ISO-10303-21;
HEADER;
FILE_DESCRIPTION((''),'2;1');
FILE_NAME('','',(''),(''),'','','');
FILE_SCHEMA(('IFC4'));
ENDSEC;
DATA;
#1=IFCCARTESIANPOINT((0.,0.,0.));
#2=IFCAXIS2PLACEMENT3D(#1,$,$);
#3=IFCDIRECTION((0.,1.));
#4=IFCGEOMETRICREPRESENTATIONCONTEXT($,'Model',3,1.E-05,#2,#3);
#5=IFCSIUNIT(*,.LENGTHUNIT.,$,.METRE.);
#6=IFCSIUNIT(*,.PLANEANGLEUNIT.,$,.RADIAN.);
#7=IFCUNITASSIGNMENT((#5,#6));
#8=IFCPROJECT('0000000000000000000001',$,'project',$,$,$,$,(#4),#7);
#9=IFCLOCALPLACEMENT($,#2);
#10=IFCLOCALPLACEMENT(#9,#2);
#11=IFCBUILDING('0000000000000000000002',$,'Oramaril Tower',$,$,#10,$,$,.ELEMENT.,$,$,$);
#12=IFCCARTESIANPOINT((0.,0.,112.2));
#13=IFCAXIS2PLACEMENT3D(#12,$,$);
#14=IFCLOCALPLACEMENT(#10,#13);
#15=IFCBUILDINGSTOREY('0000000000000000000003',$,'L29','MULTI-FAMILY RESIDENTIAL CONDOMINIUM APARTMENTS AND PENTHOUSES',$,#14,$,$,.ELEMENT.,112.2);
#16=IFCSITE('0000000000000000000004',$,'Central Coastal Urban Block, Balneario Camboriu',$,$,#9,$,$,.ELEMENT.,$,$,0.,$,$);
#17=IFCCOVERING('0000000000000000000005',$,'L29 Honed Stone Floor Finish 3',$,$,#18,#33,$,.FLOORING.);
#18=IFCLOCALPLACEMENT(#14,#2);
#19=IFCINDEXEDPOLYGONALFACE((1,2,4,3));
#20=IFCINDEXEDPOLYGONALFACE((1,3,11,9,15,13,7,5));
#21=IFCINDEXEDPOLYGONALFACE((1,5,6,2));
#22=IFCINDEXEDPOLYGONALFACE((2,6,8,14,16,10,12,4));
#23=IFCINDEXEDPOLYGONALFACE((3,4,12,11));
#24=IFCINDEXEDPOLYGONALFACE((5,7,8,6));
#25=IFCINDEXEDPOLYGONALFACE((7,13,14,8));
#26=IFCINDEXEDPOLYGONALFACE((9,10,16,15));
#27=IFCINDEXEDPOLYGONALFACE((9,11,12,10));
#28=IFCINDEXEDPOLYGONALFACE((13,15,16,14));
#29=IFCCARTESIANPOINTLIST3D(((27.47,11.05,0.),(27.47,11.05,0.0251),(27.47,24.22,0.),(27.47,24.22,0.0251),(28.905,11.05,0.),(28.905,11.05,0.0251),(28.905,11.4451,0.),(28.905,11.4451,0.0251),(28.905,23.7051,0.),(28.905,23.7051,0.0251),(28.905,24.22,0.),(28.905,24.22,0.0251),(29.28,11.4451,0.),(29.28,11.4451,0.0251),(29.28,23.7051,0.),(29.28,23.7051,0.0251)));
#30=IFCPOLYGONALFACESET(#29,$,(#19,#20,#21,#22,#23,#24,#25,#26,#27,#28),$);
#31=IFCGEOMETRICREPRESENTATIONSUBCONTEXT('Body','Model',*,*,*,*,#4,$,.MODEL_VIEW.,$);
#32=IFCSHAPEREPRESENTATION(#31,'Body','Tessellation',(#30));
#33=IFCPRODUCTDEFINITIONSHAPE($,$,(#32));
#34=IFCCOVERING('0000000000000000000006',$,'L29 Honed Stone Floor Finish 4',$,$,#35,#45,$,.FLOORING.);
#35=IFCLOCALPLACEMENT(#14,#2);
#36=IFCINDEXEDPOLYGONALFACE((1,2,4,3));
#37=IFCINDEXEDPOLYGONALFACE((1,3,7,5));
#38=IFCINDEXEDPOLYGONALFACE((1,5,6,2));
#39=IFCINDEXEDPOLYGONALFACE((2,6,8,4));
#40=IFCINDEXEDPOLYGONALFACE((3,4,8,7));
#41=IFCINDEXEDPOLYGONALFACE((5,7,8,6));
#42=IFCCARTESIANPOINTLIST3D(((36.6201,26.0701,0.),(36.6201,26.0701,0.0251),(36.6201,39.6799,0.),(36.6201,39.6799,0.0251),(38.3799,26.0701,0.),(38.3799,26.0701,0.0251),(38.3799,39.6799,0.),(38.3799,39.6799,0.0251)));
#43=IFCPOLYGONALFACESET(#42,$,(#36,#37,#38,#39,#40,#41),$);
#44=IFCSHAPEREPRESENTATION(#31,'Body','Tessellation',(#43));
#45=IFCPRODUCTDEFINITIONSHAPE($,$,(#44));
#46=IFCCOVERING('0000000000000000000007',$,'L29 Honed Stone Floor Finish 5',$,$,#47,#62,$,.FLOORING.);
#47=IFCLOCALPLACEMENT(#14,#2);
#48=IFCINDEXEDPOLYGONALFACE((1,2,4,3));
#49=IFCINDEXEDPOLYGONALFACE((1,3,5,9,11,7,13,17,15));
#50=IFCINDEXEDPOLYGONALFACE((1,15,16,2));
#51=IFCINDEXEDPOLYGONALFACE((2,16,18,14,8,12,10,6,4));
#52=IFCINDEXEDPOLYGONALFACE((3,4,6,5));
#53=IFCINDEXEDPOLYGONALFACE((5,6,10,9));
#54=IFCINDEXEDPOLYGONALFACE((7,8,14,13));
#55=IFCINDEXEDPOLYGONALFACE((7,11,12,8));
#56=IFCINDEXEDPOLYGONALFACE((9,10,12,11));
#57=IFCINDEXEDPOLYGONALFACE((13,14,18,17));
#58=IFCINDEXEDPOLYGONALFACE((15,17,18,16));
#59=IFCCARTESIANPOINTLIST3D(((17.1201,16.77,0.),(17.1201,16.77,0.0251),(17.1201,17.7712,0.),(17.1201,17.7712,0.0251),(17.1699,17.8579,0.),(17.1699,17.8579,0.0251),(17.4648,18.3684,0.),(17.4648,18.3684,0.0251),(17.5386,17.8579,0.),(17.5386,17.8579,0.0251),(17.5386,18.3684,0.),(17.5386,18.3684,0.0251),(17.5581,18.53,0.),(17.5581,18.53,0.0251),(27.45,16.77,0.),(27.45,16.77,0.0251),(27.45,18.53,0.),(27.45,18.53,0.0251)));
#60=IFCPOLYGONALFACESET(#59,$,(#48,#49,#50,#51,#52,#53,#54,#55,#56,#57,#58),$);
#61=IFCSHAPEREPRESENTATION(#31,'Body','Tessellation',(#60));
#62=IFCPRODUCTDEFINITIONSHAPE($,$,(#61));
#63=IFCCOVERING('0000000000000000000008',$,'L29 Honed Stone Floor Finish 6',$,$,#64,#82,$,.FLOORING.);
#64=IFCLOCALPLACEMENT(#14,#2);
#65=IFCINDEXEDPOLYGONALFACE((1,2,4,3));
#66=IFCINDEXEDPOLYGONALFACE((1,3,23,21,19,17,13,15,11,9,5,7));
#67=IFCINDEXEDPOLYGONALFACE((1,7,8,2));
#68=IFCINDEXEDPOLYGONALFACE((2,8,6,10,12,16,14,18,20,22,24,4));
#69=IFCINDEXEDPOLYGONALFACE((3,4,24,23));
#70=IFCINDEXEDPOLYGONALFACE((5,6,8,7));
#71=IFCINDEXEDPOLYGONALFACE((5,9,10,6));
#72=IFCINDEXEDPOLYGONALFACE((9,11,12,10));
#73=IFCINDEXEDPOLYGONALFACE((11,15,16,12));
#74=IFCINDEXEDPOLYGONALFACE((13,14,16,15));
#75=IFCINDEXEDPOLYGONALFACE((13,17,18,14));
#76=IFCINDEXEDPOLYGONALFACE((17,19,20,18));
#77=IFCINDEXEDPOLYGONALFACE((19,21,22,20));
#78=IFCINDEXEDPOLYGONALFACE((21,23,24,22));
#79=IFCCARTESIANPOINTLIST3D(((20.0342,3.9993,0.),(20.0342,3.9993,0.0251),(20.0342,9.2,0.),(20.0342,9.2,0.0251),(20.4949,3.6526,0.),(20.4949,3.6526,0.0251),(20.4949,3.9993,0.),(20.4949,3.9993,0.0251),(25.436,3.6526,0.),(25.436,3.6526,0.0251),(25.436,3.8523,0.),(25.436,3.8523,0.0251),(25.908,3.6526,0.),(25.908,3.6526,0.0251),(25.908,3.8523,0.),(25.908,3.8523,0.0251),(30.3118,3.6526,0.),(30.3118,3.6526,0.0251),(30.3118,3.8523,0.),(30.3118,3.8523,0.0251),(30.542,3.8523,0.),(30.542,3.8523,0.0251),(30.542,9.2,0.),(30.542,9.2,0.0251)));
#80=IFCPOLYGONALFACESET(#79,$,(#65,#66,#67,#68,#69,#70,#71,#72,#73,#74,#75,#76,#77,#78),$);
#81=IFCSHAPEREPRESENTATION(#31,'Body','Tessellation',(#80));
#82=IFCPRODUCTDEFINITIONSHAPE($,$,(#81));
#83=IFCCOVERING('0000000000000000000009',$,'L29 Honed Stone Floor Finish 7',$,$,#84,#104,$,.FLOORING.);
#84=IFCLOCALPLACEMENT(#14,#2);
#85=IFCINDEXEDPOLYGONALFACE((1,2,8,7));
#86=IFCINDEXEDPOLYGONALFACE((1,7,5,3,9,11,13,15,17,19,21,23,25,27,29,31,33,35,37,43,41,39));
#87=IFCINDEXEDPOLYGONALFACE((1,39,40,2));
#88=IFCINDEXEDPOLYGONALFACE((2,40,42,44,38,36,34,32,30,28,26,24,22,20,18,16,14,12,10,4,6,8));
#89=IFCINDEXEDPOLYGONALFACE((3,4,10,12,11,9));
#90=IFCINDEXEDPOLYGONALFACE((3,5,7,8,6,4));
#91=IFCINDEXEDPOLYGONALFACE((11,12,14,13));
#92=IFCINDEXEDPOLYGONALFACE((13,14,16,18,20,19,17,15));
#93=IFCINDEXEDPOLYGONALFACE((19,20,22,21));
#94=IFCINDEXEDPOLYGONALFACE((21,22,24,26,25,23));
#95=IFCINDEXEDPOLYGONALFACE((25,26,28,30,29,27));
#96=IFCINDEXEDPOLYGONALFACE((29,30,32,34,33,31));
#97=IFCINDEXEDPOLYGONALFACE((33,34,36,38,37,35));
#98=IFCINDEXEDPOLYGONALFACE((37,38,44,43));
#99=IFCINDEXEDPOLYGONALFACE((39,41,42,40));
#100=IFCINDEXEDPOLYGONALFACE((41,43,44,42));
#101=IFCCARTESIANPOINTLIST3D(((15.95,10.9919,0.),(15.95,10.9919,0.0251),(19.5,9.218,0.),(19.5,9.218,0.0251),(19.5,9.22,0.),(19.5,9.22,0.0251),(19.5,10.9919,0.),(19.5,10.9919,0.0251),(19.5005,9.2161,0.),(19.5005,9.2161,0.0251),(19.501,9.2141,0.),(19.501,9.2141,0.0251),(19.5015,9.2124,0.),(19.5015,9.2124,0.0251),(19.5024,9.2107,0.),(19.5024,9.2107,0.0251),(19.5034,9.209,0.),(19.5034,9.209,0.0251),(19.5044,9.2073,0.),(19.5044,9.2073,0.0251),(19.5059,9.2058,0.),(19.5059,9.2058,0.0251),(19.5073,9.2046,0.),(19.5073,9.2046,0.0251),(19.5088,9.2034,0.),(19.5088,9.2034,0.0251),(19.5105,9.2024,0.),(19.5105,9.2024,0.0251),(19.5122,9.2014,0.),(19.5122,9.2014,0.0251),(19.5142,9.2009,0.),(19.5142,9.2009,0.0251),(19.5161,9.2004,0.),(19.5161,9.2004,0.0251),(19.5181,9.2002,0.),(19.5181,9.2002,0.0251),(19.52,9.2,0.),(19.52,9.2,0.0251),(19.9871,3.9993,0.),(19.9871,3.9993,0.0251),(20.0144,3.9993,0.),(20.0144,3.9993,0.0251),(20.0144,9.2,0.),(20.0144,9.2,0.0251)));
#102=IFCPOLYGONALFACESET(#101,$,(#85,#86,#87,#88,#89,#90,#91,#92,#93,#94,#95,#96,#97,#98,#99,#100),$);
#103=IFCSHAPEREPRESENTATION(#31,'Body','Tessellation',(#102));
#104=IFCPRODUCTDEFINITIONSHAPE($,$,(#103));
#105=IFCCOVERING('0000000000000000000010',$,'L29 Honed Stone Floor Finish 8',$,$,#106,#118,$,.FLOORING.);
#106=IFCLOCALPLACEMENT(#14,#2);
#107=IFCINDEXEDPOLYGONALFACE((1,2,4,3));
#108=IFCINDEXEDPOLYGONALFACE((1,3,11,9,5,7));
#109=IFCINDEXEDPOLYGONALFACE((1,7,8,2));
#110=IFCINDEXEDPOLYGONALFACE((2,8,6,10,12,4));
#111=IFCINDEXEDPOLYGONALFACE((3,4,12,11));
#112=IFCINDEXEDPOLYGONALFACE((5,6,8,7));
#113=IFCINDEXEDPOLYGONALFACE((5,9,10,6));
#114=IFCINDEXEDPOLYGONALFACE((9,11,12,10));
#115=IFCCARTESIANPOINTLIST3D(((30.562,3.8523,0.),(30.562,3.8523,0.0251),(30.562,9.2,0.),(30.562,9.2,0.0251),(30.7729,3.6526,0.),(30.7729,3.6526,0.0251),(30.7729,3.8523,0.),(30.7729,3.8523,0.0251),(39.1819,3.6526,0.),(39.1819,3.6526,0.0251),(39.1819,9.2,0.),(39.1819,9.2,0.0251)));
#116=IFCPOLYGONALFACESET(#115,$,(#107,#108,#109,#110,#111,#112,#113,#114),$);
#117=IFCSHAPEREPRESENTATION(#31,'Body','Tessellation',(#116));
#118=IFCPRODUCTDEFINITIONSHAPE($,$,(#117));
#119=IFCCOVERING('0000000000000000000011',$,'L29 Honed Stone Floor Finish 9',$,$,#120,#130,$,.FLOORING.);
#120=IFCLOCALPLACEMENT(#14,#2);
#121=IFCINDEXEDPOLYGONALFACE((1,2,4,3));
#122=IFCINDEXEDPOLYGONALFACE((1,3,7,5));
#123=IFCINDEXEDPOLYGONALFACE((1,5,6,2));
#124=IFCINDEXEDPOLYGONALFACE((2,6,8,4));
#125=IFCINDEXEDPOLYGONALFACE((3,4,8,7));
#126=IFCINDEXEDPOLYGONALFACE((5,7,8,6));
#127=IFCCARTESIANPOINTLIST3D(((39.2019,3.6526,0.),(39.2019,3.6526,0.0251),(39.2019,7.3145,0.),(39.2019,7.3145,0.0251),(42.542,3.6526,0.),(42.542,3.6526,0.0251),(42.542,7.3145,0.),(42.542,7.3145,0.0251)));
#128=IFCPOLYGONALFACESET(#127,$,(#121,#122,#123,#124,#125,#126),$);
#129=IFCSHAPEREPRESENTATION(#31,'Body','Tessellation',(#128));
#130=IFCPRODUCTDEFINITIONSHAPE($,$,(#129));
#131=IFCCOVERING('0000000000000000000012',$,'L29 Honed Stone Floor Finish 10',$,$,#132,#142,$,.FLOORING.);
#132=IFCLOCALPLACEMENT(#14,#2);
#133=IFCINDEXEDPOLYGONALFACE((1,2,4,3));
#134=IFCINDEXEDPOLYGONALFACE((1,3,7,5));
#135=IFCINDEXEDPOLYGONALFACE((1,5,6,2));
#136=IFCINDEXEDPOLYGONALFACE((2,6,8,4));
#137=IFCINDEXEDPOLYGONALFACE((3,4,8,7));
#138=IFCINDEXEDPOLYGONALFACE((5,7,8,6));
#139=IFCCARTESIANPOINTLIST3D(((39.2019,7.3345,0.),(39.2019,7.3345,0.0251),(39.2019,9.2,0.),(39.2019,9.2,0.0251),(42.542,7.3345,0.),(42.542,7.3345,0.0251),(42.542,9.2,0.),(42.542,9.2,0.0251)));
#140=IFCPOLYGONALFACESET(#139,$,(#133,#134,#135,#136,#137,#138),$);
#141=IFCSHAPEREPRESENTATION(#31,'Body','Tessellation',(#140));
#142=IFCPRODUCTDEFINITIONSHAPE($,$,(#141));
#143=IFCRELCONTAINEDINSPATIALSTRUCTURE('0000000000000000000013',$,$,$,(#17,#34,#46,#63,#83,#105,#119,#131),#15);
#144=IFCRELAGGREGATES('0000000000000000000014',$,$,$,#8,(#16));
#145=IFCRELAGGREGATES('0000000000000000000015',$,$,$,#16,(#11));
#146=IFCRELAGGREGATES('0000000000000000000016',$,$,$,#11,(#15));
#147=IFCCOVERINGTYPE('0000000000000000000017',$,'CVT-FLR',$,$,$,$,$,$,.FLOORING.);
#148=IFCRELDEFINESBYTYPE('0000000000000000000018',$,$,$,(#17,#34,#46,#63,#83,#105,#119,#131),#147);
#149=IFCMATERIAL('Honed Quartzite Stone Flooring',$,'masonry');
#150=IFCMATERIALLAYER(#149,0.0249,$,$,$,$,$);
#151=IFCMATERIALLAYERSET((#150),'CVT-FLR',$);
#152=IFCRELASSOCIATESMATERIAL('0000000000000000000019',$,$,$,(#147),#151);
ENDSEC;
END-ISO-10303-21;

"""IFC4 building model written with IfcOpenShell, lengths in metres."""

from ifc_helpers import new_model, si_unit, direction, frame, origin, place, context, subcontext, project, spatial, polyline, outline, extrude, material, layer, layer_set, type_object, element, save


model = new_model("IFC4")

# Units and contexts
model_context = context("Model", 3, precision=1e-05, world=origin(), true_north=direction((0.0, 1.0)))
body_context = subcontext(model_context, "Body", "Model", "MODEL_VIEW")
ifc_project = project(units=[si_unit("LENGTHUNIT", "METRE"), si_unit("PLANEANGLEUNIT", "RADIAN")], contexts=[model_context])

# Site, building, storey
site_placement = place(None, origin())
site = spatial("IfcSite", under=ifc_project, at=site_placement, Name="Central Coastal Urban Block, Balneario Camboriu", CompositionType="ELEMENT", RefElevation=0.0)
building_placement = place(site_placement, origin())
building = spatial("IfcBuilding", under=site, at=building_placement, Name="Oramaril Tower", CompositionType="ELEMENT")
storey_placement = place(building_placement, frame((0.0, 0.0, 112.2)))
storey = spatial("IfcBuildingStorey", under=building, at=storey_placement, Name="L29", Description="MULTI-FAMILY RESIDENTIAL CONDOMINIUM APARTMENTS AND PENTHOUSES", CompositionType="ELEMENT", Elevation=112.2)

# Coverings
ifc_material_1 = material(Name="Honed Quartzite Stone Flooring", Category="masonry")
ifc_layer_1 = layer(ifc_material_1, 0.0249)
ifc_layer_set_1 = layer_set([ifc_layer_1], Name="CVT-FLR")
covering_type_1 = type_object("IfcCoveringType", Name="CVT-FLR", PredefinedType="FLOORING", material=ifc_layer_set_1)
covering_1_placement = place(storey_placement, origin())
element("IfcCovering", 1, at=covering_1_placement, inside=storey, type_object=covering_type_1, Name="L29 Honed Stone Floor Finish 3", PredefinedType="FLOORING", context=body_context, shape_type="SweptSolid", body=[
    extrude(outline(polyline([(28.905, 23.7051), (29.28, 23.7051), (29.28, 11.4451), (28.905, 11.4451), (28.905, 11.05), (27.47, 11.05), (27.47, 24.22), (28.905, 24.22), (28.905, 23.7051)])), origin(), (0.0, 0.0, 1.0), 0.0251),
])
covering_2_placement = place(storey_placement, origin())
element("IfcCovering", 2, at=covering_2_placement, inside=storey, type_object=covering_type_1, Name="L29 Honed Stone Floor Finish 4", PredefinedType="FLOORING", context=body_context, shape_type="SweptSolid", body=[
    extrude(outline(polyline([(38.3799, 26.0701), (36.6201, 26.0701), (36.6201, 39.6799), (38.3799, 39.6799), (38.3799, 26.0701)])), origin(), (0.0, 0.0, 1.0), 0.0251),
])
covering_3_placement = place(storey_placement, origin())
element("IfcCovering", 3, at=covering_3_placement, inside=storey, type_object=covering_type_1, Name="L29 Honed Stone Floor Finish 5", PredefinedType="FLOORING", context=body_context, shape_type="SweptSolid", body=[
    extrude(outline(polyline([(17.1201, 16.77), (17.1201, 17.7712), (17.1699, 17.8579), (17.5386, 17.8579), (17.5386, 18.3684), (17.4648, 18.3684), (17.5581, 18.53), (27.45, 18.53), (27.45, 16.77), (17.1201, 16.77)])), origin(), (0.0, 0.0, 1.0), 0.0251),
])
covering_4_placement = place(storey_placement, origin())
element("IfcCovering", 4, at=covering_4_placement, inside=storey, type_object=covering_type_1, Name="L29 Honed Stone Floor Finish 6", PredefinedType="FLOORING", context=body_context, shape_type="SweptSolid", body=[
    extrude(outline(polyline([(25.908, 3.8523), (25.436, 3.8523), (25.436, 3.6526), (20.4949, 3.6526), (20.4949, 3.9993), (20.0342, 3.9993), (20.0342, 9.2), (30.542, 9.2), (30.542, 3.8523), (30.3118, 3.8523), (30.3118, 3.6526), (25.908, 3.6526), (25.908, 3.8523)])), origin(), (0.0, 0.0, 1.0), 0.0251),
])
covering_5_placement = place(storey_placement, origin())
element("IfcCovering", 5, at=covering_5_placement, inside=storey, type_object=covering_type_1, Name="L29 Honed Stone Floor Finish 7", PredefinedType="FLOORING", context=body_context, shape_type="SweptSolid", body=[
    extrude(outline(polyline([(19.9871, 3.9993), (15.95, 10.9919), (19.5, 10.9919), (19.5, 9.22), (19.5, 9.218), (19.5005, 9.2161), (19.501, 9.2141), (19.5015, 9.2124), (19.5024, 9.2107), (19.5034, 9.209), (19.5044, 9.2073), (19.5059, 9.2058), (19.5073, 9.2046), (19.5088, 9.2034), (19.5105, 9.2024), (19.5122, 9.2014), (19.5142, 9.2009), (19.5161, 9.2004), (19.5181, 9.2002), (19.52, 9.2), (20.0144, 9.2), (20.0144, 3.9993), (19.9871, 3.9993)])), origin(), (0.0, 0.0, 1.0), 0.0251),
])
covering_6_placement = place(storey_placement, origin())
element("IfcCovering", 6, at=covering_6_placement, inside=storey, type_object=covering_type_1, Name="L29 Honed Stone Floor Finish 8", PredefinedType="FLOORING", context=body_context, shape_type="SweptSolid", body=[
    extrude(outline(polyline([(39.1819, 3.6526), (30.7729, 3.6526), (30.7729, 3.8523), (30.562, 3.8523), (30.562, 9.2), (39.1819, 9.2), (39.1819, 3.6526)])), origin(), (0.0, 0.0, 1.0), 0.0251),
])
covering_7_placement = place(storey_placement, origin())
element("IfcCovering", 7, at=covering_7_placement, inside=storey, type_object=covering_type_1, Name="L29 Honed Stone Floor Finish 9", PredefinedType="FLOORING", context=body_context, shape_type="SweptSolid", body=[
    extrude(outline(polyline([(42.542, 7.3145), (42.542, 3.6526), (39.2019, 3.6526), (39.2019, 7.3145), (42.542, 7.3145)])), origin(), (0.0, 0.0, 1.0), 0.0251),
])
covering_8_placement = place(storey_placement, origin())
element("IfcCovering", 8, at=covering_8_placement, inside=storey, type_object=covering_type_1, Name="L29 Honed Stone Floor Finish 10", PredefinedType="FLOORING", context=body_context, shape_type="SweptSolid", body=[
    extrude(outline(polyline([(42.542, 7.3345), (39.2019, 7.3345), (39.2019, 9.2), (42.542, 9.2), (42.542, 7.3345)])), origin(), (0.0, 0.0, 1.0), 0.0251),
])

save(model, "model.ifc")
